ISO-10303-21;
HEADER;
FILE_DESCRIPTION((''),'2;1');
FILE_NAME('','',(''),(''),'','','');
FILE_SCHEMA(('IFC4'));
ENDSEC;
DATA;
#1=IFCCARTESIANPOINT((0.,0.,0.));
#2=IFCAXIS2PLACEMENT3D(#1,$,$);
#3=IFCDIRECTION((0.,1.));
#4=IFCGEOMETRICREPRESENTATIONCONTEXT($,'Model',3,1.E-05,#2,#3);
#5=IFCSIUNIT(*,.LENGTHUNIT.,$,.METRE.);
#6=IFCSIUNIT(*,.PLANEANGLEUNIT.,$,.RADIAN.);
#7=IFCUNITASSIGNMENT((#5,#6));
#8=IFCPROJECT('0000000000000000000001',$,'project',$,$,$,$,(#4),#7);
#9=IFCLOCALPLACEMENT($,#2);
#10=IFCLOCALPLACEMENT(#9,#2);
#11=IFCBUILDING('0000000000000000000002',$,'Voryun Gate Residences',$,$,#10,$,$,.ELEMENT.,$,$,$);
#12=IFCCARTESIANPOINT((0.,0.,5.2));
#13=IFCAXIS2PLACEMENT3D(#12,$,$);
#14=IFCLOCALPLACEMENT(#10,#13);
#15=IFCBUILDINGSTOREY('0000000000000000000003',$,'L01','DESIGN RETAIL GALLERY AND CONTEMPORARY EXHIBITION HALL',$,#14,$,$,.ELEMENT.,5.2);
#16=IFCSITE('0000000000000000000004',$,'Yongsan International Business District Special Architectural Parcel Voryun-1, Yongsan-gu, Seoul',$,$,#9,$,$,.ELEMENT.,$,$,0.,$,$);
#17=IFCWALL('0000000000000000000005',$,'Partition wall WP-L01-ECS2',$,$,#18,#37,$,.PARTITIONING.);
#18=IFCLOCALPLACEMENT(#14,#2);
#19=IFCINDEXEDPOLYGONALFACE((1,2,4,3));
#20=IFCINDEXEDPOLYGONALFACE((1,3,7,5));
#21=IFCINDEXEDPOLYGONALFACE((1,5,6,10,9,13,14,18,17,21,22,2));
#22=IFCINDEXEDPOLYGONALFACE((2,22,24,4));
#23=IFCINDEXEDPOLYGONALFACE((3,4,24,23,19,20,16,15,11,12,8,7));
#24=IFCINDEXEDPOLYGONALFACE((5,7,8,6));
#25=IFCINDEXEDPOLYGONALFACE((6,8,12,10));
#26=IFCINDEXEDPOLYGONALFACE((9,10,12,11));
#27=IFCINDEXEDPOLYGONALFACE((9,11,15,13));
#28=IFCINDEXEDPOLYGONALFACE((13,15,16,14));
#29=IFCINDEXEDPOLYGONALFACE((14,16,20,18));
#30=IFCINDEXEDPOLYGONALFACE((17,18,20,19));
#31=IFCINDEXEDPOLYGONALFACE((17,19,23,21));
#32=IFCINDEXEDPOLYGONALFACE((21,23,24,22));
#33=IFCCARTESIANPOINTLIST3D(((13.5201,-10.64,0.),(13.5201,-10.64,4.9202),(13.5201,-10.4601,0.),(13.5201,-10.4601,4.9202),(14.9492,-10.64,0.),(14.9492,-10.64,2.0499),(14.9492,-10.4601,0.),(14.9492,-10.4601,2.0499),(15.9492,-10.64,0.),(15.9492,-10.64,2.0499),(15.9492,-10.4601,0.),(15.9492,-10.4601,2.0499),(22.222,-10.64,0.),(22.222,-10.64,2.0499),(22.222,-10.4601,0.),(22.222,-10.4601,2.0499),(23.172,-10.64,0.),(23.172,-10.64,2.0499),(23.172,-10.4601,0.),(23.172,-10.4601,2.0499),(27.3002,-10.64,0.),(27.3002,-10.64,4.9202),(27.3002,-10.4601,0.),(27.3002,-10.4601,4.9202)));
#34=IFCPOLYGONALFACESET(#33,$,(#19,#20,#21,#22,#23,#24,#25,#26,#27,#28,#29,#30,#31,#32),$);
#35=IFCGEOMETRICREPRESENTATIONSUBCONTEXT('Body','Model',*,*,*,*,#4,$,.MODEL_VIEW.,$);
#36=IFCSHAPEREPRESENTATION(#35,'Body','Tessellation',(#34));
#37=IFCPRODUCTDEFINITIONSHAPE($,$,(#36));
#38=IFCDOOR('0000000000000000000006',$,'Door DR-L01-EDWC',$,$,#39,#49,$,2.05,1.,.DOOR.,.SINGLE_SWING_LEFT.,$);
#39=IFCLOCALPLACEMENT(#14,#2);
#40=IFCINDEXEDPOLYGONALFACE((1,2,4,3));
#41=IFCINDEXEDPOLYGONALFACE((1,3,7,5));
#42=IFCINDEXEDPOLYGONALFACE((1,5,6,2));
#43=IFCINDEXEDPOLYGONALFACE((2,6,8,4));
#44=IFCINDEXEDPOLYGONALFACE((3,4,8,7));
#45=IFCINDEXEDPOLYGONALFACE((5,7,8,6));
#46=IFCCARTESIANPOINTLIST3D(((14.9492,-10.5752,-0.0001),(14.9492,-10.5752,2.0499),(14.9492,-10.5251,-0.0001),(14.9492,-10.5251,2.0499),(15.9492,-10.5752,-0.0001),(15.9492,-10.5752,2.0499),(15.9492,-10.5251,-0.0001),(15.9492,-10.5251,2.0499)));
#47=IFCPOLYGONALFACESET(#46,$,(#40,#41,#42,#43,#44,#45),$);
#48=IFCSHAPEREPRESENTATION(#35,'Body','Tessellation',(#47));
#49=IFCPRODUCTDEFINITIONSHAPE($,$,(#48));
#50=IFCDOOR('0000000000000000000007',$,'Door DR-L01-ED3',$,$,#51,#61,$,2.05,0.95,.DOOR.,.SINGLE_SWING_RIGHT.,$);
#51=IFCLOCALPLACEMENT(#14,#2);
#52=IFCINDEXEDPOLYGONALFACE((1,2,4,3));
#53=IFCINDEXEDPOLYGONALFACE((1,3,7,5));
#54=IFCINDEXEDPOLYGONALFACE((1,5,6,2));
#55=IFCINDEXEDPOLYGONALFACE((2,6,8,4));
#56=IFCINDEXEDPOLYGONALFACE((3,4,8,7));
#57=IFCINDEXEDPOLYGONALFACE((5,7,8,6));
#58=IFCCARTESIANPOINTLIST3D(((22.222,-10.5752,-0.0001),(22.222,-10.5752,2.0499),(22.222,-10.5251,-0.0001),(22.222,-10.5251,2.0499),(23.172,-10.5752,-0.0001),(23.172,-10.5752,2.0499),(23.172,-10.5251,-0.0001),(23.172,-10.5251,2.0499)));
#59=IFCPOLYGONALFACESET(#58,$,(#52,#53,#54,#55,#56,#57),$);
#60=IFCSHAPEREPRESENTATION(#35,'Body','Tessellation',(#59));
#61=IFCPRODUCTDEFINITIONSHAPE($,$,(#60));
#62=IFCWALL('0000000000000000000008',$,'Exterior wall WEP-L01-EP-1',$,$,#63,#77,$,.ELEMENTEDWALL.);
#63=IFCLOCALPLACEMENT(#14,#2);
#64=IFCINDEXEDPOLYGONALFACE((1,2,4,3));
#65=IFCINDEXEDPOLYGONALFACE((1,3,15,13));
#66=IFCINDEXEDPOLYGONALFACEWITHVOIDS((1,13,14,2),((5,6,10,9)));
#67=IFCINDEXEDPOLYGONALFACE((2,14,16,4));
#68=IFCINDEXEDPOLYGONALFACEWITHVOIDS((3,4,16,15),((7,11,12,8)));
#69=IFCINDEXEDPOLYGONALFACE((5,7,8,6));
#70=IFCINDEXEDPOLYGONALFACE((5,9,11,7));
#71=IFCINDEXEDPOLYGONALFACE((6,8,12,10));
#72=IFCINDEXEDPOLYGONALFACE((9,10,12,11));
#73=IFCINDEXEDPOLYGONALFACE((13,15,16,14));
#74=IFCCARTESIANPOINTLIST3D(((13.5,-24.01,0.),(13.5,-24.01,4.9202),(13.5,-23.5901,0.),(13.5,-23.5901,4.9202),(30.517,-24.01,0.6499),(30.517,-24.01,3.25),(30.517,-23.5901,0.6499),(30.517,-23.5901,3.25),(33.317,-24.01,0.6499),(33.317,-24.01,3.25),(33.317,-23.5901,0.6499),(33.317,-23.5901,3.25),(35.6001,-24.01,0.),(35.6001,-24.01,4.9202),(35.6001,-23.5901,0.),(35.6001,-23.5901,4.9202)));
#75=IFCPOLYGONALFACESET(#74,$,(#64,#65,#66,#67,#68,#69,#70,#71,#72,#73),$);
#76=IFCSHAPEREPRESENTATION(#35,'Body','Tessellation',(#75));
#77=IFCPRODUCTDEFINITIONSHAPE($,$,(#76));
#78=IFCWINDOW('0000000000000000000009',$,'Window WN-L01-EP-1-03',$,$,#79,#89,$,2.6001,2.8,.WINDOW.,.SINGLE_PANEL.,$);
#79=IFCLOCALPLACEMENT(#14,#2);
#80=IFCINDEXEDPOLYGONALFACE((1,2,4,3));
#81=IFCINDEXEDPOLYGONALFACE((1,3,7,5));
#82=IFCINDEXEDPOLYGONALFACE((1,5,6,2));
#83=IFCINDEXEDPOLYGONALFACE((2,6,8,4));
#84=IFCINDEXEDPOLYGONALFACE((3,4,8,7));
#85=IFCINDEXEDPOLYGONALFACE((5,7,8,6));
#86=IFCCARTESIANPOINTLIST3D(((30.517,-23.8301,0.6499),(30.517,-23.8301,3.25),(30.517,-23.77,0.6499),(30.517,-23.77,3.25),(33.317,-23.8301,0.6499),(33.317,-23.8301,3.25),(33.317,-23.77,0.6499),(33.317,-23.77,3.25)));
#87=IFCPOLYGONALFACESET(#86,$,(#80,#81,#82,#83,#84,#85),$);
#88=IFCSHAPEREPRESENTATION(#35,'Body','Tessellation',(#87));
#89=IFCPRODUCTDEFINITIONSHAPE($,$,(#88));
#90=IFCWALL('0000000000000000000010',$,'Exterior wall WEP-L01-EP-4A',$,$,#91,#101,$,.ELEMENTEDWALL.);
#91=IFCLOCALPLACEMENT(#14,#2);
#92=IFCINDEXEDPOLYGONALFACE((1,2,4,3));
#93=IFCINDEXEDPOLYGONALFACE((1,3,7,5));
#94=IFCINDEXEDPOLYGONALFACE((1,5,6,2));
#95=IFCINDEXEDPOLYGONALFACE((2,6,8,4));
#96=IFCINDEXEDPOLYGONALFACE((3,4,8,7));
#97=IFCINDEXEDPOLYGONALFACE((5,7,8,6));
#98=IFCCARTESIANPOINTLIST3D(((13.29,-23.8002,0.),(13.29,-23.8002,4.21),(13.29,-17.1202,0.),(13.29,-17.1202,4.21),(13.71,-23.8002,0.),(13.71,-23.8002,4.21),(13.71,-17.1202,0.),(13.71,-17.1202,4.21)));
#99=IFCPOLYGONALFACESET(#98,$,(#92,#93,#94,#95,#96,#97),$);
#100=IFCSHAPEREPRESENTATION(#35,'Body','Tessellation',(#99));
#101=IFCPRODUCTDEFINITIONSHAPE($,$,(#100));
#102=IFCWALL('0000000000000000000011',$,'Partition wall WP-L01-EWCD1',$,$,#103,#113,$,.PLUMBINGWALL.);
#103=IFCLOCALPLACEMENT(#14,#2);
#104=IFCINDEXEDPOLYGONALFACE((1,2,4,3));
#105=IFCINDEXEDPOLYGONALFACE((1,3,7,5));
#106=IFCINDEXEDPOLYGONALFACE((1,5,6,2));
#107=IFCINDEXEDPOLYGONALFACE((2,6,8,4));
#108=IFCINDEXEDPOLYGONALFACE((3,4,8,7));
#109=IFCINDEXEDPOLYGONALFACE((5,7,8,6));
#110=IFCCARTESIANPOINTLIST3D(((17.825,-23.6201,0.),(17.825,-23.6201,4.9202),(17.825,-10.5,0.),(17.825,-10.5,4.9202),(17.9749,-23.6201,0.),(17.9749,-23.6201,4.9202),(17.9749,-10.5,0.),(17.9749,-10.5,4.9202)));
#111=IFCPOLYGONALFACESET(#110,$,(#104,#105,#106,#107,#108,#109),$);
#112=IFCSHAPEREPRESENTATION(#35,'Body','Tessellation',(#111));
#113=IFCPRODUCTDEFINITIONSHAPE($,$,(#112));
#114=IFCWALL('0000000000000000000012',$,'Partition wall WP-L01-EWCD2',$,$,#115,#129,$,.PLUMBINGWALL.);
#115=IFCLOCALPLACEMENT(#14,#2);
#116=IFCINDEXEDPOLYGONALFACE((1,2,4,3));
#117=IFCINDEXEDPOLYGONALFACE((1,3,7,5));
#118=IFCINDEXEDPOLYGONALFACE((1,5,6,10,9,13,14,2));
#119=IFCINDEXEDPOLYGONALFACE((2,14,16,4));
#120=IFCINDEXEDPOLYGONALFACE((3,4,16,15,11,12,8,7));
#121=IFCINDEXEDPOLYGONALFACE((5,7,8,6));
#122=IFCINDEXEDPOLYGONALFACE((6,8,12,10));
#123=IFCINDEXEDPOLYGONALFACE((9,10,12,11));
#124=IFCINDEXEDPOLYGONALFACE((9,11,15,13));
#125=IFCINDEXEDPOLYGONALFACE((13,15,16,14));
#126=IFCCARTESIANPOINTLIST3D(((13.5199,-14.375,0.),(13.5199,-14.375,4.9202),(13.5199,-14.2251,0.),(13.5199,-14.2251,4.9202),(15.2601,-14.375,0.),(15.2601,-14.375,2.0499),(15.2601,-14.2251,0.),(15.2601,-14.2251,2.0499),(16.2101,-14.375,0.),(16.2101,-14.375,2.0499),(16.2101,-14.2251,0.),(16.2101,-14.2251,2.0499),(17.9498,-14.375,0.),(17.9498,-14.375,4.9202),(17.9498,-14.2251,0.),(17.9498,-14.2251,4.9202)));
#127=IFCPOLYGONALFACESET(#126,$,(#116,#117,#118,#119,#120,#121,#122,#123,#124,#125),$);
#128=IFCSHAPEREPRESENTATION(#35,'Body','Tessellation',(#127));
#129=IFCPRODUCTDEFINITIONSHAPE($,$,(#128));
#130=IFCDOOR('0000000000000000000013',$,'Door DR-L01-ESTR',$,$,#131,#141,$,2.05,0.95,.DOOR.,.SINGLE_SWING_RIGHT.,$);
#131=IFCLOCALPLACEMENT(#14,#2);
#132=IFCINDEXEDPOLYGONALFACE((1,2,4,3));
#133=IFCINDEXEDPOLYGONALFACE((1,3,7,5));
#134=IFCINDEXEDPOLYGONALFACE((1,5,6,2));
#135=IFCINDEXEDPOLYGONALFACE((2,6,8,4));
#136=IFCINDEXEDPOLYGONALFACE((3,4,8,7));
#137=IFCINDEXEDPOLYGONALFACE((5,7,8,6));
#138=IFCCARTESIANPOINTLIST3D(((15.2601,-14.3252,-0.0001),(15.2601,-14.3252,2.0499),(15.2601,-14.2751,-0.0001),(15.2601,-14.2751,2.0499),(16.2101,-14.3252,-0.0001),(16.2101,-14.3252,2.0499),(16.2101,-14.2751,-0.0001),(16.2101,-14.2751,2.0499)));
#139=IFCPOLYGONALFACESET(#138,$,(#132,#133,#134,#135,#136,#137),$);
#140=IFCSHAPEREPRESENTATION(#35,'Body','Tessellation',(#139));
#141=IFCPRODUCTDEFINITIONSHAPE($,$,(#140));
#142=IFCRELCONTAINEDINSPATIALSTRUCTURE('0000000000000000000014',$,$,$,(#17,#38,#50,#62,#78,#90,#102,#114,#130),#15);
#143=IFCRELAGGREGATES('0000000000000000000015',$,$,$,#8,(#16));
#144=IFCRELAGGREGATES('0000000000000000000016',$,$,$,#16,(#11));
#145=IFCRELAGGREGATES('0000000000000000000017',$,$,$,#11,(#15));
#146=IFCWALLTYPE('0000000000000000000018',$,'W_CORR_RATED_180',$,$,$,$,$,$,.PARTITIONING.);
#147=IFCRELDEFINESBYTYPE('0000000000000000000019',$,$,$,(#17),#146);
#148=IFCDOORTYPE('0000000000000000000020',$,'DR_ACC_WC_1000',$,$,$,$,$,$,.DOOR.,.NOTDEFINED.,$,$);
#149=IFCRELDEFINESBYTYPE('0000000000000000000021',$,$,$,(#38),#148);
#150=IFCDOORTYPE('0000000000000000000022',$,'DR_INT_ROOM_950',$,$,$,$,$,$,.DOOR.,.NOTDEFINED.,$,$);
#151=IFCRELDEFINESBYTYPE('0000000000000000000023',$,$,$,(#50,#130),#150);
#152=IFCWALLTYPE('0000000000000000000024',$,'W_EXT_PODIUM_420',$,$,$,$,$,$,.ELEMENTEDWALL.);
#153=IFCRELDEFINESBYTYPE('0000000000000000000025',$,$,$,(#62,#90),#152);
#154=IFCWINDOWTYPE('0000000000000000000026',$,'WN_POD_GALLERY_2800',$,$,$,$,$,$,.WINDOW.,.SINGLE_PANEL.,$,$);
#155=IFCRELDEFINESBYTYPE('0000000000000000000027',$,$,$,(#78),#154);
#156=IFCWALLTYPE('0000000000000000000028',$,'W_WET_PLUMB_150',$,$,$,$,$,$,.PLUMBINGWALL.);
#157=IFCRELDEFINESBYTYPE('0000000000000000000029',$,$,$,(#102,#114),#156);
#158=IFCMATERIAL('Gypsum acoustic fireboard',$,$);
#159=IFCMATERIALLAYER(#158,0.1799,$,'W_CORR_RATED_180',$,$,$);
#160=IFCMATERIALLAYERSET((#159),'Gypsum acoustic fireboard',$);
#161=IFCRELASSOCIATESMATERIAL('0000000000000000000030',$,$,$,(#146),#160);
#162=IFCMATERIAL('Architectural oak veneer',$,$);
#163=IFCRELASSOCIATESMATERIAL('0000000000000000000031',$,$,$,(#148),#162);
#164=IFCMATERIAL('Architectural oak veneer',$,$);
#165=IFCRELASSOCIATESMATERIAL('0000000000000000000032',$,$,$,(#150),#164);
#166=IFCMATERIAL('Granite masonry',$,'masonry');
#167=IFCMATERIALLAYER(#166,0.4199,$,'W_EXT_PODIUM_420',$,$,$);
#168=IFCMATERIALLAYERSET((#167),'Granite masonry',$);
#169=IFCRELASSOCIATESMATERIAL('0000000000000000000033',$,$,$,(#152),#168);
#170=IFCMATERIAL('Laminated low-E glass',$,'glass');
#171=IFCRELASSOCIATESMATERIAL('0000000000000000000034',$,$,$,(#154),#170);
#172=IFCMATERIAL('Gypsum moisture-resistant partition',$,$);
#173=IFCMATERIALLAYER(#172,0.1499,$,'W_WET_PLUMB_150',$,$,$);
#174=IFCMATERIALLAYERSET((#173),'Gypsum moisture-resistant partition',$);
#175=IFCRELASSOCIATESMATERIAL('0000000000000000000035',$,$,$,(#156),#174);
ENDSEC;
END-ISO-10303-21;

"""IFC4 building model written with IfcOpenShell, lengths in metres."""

from ifc_helpers import new_model, si_unit, direction, frame, frame_2d, origin, place, context, subcontext, project, spatial, rectangle, extrude, material, layer, layer_set, type_object, element, fill, save


model = new_model("IFC4")

# Units and contexts
model_context = context("Model", 3, precision=1e-05, world=origin(), true_north=direction((0.0, 1.0)))
body_context = subcontext(model_context, "Body", "Model", "MODEL_VIEW")
ifc_project = project(units=[si_unit("LENGTHUNIT", "METRE"), si_unit("PLANEANGLEUNIT", "RADIAN")], contexts=[model_context])

# Site, building, storey
site_placement = place(None, origin())
site = spatial("IfcSite", under=ifc_project, at=site_placement, Name="Yongsan International Business District Special Architectural Parcel Voryun-1, Yongsan-gu, Seoul", CompositionType="ELEMENT", RefElevation=0.0)
building_placement = place(site_placement, origin())
building = spatial("IfcBuilding", under=site, at=building_placement, Name="Voryun Gate Residences", CompositionType="ELEMENT")
storey_placement = place(building_placement, frame((0.0, 0.0, 5.2)))
storey = spatial("IfcBuildingStorey", under=building, at=storey_placement, Name="L01", Description="DESIGN RETAIL GALLERY AND CONTEMPORARY EXHIBITION HALL", CompositionType="ELEMENT", Elevation=5.2)

# Wall, openings, doors
ifc_material_1 = material(Name="Gypsum acoustic fireboard")
ifc_layer_1 = layer(ifc_material_1, 0.1799, Name="W_CORR_RATED_180")
ifc_layer_set_1 = layer_set([ifc_layer_1], Name="Gypsum acoustic fireboard")
wall_type_1 = type_object("IfcWallType", Name="W_CORR_RATED_180", PredefinedType="PARTITIONING", material=ifc_layer_set_1)
wall_1_placement = place(storey_placement, frame((13.52, -10.55, 0.0), z_axis=(0.0, 0.0, 1.0), x_axis=(1.0, 0.0, 0.0)))
wall_1 = element("IfcWall", 1, at=wall_1_placement, inside=storey, type_object=wall_type_1, Name="Partition wall WP-L01-ECS2", PredefinedType="PARTITIONING", context=body_context, shape_type="SweptSolid", body=[
    extrude(rectangle(XDim=13.78, YDim=0.1799, at=frame_2d((6.8901, 0.0))), origin(), (0.0, 0.0, 1.0), 4.9202),
])
opening_1_placement = place(wall_1_placement, frame((1.4292, 0.0, 0.0)))
opening_1 = element("IfcOpeningElement", 2, at=opening_1_placement, cuts=wall_1, PredefinedType="OPENING", context=body_context, shape_type="SweptSolid", body=[
    extrude(rectangle(XDim=1.0, YDim=2.05, at=frame_2d((0.5, 1.0249))), frame((0.0, 0.0999, 0.0), z_axis=(0.0, -1.0, 0.0), x_axis=(1.0, 0.0, 0.0)), (0.0, 0.0, 1.0), 0.2),
])
opening_2_placement = place(wall_1_placement, frame((8.7019, 0.0, 0.0)))
opening_2 = element("IfcOpeningElement", 3, at=opening_2_placement, cuts=wall_1, PredefinedType="OPENING", context=body_context, shape_type="SweptSolid", body=[
    extrude(rectangle(XDim=0.95, YDim=2.05, at=frame_2d((0.4751, 1.0249))), frame((0.0, 0.0999, 0.0), z_axis=(0.0, -1.0, 0.0), x_axis=(1.0, 0.0, 0.0)), (0.0, 0.0, 1.0), 0.2),
])
ifc_material_2 = material(Name="Architectural oak veneer")
door_type_1 = type_object("IfcDoorType", Name="DR_ACC_WC_1000", OperationType="NOTDEFINED", PredefinedType="DOOR", material=ifc_material_2)
door_1_placement = place(opening_1_placement, origin())
door_1 = element("IfcDoor", 4, at=door_1_placement, inside=storey, type_object=door_type_1, Name="Door DR-L01-EDWC", OperationType="SINGLE_SWING_LEFT", OverallHeight=2.05, OverallWidth=1.0, PredefinedType="DOOR", context=body_context, shape_type="SweptSolid", body=[
    extrude(rectangle(XDim=1.0, YDim=2.05, at=frame_2d((0.5, 1.0249))), frame((0.0, 0.0249, 0.0), z_axis=(0.0, -1.0, 0.0), x_axis=(1.0, 0.0, 0.0)), (0.0, 0.0, 1.0), 0.05),
])
fill(opening_1, door_1)
ifc_material_3 = material(Name="Architectural oak veneer")
door_type_2 = type_object("IfcDoorType", Name="DR_INT_ROOM_950", OperationType="NOTDEFINED", PredefinedType="DOOR", material=ifc_material_3)
door_2_placement = place(opening_2_placement, origin())
door_2 = element("IfcDoor", 5, at=door_2_placement, inside=storey, type_object=door_type_2, Name="Door DR-L01-ED3", OperationType="SINGLE_SWING_RIGHT", OverallHeight=2.05, OverallWidth=0.95, PredefinedType="DOOR", context=body_context, shape_type="SweptSolid", body=[
    extrude(rectangle(XDim=0.95, YDim=2.05, at=frame_2d((0.4751, 1.0249))), frame((0.0, 0.0249, 0.0), z_axis=(0.0, -1.0, 0.0), x_axis=(1.0, 0.0, 0.0)), (0.0, 0.0, 1.0), 0.05),
])
fill(opening_2, door_2)

# Wall, opening, window
ifc_material_4 = material(Name="Granite masonry", Category="masonry")
ifc_layer_2 = layer(ifc_material_4, 0.4199, Name="W_EXT_PODIUM_420")
ifc_layer_set_2 = layer_set([ifc_layer_2], Name="Granite masonry")
wall_type_2 = type_object("IfcWallType", Name="W_EXT_PODIUM_420", PredefinedType="ELEMENTEDWALL", material=ifc_layer_set_2)
wall_2_placement = place(storey_placement, frame((13.5, -23.8, 0.0), z_axis=(0.0, 0.0, 1.0), x_axis=(1.0, 0.0, 0.0)))
wall_2 = element("IfcWall", 6, at=wall_2_placement, inside=storey, type_object=wall_type_2, Name="Exterior wall WEP-L01-EP-1", PredefinedType="ELEMENTEDWALL", context=body_context, shape_type="SweptSolid", body=[
    extrude(rectangle(XDim=22.1001, YDim=0.4199, at=frame_2d((11.05, 0.0))), origin(), (0.0, 0.0, 1.0), 4.9202),
])
opening_3_placement = place(wall_2_placement, frame((17.0171, 0.0, 0.6499)))
opening_3 = element("IfcOpeningElement", 7, at=opening_3_placement, cuts=wall_2, PredefinedType="OPENING", context=body_context, shape_type="SweptSolid", body=[
    extrude(rectangle(XDim=2.8, YDim=2.6001, at=frame_2d((1.3999, 1.3))), frame((0.0, 0.22, 0.0), z_axis=(0.0, -1.0, 0.0), x_axis=(1.0, 0.0, 0.0)), (0.0, 0.0, 1.0), 0.4399),
])
ifc_material_5 = material(Name="Laminated low-E glass", Category="glass")
window_type = type_object("IfcWindowType", Name="WN_POD_GALLERY_2800", PartitioningType="SINGLE_PANEL", PredefinedType="WINDOW", material=ifc_material_5)
window_placement = place(opening_3_placement, origin())
window = element("IfcWindow", 8, at=window_placement, inside=storey, type_object=window_type, Name="Window WN-L01-EP-1-03", OverallHeight=2.6001, OverallWidth=2.8, PartitioningType="SINGLE_PANEL", PredefinedType="WINDOW", context=body_context, shape_type="SweptSolid", body=[
    extrude(rectangle(XDim=2.8, YDim=2.6001, at=frame_2d((1.3999, 1.3))), frame((0.0, 0.03, 0.0), z_axis=(0.0, -1.0, 0.0), x_axis=(1.0, 0.0, 0.0)), (0.0, 0.0, 1.0), 0.0601),
])
fill(opening_3, window)

# Walls
wall_3_placement = place(storey_placement, frame((13.5, -23.8, 0.0), z_axis=(0.0, 0.0, 1.0), x_axis=(0.0, 1.0, 0.0)))
element("IfcWall", 9, at=wall_3_placement, inside=storey, type_object=wall_type_2, Name="Exterior wall WEP-L01-EP-4A", PredefinedType="ELEMENTEDWALL", context=body_context, shape_type="SweptSolid", body=[
    extrude(rectangle(XDim=6.6799, YDim=0.4199, at=frame_2d((3.3398, 0.0))), origin(), (0.0, 0.0, 1.0), 4.21),
])
ifc_material_6 = material(Name="Gypsum moisture-resistant partition")
ifc_layer_3 = layer(ifc_material_6, 0.1499, Name="W_WET_PLUMB_150")
ifc_layer_set_3 = layer_set([ifc_layer_3], Name="Gypsum moisture-resistant partition")
wall_type_3 = type_object("IfcWallType", Name="W_WET_PLUMB_150", PredefinedType="PLUMBINGWALL", material=ifc_layer_set_3)
wall_4_placement = place(storey_placement, frame((17.8999, -23.6201, 0.0), z_axis=(0.0, 0.0, 1.0), x_axis=(0.0, 1.0, 0.0)))
element("IfcWall", 10, at=wall_4_placement, inside=storey, type_object=wall_type_3, Name="Partition wall WP-L01-EWCD1", PredefinedType="PLUMBINGWALL", context=body_context, shape_type="SweptSolid", body=[
    extrude(rectangle(XDim=13.1201, YDim=0.1499, at=frame_2d((6.5601, 0.0))), origin(), (0.0, 0.0, 1.0), 4.9202),
])

# Wall, opening, door
wall_5_placement = place(storey_placement, frame((13.52, -14.3, 0.0), z_axis=(0.0, 0.0, 1.0), x_axis=(1.0, 0.0, 0.0)))
wall_5 = element("IfcWall", 11, at=wall_5_placement, inside=storey, type_object=wall_type_3, Name="Partition wall WP-L01-EWCD2", PredefinedType="PLUMBINGWALL", context=body_context, shape_type="SweptSolid", body=[
    extrude(rectangle(XDim=4.4299, YDim=0.1499, at=frame_2d((2.2148, 0.0))), origin(), (0.0, 0.0, 1.0), 4.9202),
])
opening_4_placement = place(wall_5_placement, frame((1.74, 0.0, 0.0)))
opening_4 = element("IfcOpeningElement", 12, at=opening_4_placement, cuts=wall_5, PredefinedType="OPENING", context=body_context, shape_type="SweptSolid", body=[
    extrude(rectangle(XDim=0.95, YDim=2.05, at=frame_2d((0.4751, 1.0249))), frame((0.0, 0.085, 0.0), z_axis=(0.0, -1.0, 0.0), x_axis=(1.0, 0.0, 0.0)), (0.0, 0.0, 1.0), 0.1699),
])
door_3_placement = place(opening_4_placement, origin())
door_3 = element("IfcDoor", 13, at=door_3_placement, inside=storey, type_object=door_type_2, Name="Door DR-L01-ESTR", OperationType="SINGLE_SWING_RIGHT", OverallHeight=2.05, OverallWidth=0.95, PredefinedType="DOOR", context=body_context, shape_type="SweptSolid", body=[
    extrude(rectangle(XDim=0.95, YDim=2.05, at=frame_2d((0.4751, 1.0249))), frame((0.0, 0.0249, 0.0), z_axis=(0.0, -1.0, 0.0), x_axis=(1.0, 0.0, 0.0)), (0.0, 0.0, 1.0), 0.05),
])
fill(opening_4, door_3)

save(model, "model.ifc")
